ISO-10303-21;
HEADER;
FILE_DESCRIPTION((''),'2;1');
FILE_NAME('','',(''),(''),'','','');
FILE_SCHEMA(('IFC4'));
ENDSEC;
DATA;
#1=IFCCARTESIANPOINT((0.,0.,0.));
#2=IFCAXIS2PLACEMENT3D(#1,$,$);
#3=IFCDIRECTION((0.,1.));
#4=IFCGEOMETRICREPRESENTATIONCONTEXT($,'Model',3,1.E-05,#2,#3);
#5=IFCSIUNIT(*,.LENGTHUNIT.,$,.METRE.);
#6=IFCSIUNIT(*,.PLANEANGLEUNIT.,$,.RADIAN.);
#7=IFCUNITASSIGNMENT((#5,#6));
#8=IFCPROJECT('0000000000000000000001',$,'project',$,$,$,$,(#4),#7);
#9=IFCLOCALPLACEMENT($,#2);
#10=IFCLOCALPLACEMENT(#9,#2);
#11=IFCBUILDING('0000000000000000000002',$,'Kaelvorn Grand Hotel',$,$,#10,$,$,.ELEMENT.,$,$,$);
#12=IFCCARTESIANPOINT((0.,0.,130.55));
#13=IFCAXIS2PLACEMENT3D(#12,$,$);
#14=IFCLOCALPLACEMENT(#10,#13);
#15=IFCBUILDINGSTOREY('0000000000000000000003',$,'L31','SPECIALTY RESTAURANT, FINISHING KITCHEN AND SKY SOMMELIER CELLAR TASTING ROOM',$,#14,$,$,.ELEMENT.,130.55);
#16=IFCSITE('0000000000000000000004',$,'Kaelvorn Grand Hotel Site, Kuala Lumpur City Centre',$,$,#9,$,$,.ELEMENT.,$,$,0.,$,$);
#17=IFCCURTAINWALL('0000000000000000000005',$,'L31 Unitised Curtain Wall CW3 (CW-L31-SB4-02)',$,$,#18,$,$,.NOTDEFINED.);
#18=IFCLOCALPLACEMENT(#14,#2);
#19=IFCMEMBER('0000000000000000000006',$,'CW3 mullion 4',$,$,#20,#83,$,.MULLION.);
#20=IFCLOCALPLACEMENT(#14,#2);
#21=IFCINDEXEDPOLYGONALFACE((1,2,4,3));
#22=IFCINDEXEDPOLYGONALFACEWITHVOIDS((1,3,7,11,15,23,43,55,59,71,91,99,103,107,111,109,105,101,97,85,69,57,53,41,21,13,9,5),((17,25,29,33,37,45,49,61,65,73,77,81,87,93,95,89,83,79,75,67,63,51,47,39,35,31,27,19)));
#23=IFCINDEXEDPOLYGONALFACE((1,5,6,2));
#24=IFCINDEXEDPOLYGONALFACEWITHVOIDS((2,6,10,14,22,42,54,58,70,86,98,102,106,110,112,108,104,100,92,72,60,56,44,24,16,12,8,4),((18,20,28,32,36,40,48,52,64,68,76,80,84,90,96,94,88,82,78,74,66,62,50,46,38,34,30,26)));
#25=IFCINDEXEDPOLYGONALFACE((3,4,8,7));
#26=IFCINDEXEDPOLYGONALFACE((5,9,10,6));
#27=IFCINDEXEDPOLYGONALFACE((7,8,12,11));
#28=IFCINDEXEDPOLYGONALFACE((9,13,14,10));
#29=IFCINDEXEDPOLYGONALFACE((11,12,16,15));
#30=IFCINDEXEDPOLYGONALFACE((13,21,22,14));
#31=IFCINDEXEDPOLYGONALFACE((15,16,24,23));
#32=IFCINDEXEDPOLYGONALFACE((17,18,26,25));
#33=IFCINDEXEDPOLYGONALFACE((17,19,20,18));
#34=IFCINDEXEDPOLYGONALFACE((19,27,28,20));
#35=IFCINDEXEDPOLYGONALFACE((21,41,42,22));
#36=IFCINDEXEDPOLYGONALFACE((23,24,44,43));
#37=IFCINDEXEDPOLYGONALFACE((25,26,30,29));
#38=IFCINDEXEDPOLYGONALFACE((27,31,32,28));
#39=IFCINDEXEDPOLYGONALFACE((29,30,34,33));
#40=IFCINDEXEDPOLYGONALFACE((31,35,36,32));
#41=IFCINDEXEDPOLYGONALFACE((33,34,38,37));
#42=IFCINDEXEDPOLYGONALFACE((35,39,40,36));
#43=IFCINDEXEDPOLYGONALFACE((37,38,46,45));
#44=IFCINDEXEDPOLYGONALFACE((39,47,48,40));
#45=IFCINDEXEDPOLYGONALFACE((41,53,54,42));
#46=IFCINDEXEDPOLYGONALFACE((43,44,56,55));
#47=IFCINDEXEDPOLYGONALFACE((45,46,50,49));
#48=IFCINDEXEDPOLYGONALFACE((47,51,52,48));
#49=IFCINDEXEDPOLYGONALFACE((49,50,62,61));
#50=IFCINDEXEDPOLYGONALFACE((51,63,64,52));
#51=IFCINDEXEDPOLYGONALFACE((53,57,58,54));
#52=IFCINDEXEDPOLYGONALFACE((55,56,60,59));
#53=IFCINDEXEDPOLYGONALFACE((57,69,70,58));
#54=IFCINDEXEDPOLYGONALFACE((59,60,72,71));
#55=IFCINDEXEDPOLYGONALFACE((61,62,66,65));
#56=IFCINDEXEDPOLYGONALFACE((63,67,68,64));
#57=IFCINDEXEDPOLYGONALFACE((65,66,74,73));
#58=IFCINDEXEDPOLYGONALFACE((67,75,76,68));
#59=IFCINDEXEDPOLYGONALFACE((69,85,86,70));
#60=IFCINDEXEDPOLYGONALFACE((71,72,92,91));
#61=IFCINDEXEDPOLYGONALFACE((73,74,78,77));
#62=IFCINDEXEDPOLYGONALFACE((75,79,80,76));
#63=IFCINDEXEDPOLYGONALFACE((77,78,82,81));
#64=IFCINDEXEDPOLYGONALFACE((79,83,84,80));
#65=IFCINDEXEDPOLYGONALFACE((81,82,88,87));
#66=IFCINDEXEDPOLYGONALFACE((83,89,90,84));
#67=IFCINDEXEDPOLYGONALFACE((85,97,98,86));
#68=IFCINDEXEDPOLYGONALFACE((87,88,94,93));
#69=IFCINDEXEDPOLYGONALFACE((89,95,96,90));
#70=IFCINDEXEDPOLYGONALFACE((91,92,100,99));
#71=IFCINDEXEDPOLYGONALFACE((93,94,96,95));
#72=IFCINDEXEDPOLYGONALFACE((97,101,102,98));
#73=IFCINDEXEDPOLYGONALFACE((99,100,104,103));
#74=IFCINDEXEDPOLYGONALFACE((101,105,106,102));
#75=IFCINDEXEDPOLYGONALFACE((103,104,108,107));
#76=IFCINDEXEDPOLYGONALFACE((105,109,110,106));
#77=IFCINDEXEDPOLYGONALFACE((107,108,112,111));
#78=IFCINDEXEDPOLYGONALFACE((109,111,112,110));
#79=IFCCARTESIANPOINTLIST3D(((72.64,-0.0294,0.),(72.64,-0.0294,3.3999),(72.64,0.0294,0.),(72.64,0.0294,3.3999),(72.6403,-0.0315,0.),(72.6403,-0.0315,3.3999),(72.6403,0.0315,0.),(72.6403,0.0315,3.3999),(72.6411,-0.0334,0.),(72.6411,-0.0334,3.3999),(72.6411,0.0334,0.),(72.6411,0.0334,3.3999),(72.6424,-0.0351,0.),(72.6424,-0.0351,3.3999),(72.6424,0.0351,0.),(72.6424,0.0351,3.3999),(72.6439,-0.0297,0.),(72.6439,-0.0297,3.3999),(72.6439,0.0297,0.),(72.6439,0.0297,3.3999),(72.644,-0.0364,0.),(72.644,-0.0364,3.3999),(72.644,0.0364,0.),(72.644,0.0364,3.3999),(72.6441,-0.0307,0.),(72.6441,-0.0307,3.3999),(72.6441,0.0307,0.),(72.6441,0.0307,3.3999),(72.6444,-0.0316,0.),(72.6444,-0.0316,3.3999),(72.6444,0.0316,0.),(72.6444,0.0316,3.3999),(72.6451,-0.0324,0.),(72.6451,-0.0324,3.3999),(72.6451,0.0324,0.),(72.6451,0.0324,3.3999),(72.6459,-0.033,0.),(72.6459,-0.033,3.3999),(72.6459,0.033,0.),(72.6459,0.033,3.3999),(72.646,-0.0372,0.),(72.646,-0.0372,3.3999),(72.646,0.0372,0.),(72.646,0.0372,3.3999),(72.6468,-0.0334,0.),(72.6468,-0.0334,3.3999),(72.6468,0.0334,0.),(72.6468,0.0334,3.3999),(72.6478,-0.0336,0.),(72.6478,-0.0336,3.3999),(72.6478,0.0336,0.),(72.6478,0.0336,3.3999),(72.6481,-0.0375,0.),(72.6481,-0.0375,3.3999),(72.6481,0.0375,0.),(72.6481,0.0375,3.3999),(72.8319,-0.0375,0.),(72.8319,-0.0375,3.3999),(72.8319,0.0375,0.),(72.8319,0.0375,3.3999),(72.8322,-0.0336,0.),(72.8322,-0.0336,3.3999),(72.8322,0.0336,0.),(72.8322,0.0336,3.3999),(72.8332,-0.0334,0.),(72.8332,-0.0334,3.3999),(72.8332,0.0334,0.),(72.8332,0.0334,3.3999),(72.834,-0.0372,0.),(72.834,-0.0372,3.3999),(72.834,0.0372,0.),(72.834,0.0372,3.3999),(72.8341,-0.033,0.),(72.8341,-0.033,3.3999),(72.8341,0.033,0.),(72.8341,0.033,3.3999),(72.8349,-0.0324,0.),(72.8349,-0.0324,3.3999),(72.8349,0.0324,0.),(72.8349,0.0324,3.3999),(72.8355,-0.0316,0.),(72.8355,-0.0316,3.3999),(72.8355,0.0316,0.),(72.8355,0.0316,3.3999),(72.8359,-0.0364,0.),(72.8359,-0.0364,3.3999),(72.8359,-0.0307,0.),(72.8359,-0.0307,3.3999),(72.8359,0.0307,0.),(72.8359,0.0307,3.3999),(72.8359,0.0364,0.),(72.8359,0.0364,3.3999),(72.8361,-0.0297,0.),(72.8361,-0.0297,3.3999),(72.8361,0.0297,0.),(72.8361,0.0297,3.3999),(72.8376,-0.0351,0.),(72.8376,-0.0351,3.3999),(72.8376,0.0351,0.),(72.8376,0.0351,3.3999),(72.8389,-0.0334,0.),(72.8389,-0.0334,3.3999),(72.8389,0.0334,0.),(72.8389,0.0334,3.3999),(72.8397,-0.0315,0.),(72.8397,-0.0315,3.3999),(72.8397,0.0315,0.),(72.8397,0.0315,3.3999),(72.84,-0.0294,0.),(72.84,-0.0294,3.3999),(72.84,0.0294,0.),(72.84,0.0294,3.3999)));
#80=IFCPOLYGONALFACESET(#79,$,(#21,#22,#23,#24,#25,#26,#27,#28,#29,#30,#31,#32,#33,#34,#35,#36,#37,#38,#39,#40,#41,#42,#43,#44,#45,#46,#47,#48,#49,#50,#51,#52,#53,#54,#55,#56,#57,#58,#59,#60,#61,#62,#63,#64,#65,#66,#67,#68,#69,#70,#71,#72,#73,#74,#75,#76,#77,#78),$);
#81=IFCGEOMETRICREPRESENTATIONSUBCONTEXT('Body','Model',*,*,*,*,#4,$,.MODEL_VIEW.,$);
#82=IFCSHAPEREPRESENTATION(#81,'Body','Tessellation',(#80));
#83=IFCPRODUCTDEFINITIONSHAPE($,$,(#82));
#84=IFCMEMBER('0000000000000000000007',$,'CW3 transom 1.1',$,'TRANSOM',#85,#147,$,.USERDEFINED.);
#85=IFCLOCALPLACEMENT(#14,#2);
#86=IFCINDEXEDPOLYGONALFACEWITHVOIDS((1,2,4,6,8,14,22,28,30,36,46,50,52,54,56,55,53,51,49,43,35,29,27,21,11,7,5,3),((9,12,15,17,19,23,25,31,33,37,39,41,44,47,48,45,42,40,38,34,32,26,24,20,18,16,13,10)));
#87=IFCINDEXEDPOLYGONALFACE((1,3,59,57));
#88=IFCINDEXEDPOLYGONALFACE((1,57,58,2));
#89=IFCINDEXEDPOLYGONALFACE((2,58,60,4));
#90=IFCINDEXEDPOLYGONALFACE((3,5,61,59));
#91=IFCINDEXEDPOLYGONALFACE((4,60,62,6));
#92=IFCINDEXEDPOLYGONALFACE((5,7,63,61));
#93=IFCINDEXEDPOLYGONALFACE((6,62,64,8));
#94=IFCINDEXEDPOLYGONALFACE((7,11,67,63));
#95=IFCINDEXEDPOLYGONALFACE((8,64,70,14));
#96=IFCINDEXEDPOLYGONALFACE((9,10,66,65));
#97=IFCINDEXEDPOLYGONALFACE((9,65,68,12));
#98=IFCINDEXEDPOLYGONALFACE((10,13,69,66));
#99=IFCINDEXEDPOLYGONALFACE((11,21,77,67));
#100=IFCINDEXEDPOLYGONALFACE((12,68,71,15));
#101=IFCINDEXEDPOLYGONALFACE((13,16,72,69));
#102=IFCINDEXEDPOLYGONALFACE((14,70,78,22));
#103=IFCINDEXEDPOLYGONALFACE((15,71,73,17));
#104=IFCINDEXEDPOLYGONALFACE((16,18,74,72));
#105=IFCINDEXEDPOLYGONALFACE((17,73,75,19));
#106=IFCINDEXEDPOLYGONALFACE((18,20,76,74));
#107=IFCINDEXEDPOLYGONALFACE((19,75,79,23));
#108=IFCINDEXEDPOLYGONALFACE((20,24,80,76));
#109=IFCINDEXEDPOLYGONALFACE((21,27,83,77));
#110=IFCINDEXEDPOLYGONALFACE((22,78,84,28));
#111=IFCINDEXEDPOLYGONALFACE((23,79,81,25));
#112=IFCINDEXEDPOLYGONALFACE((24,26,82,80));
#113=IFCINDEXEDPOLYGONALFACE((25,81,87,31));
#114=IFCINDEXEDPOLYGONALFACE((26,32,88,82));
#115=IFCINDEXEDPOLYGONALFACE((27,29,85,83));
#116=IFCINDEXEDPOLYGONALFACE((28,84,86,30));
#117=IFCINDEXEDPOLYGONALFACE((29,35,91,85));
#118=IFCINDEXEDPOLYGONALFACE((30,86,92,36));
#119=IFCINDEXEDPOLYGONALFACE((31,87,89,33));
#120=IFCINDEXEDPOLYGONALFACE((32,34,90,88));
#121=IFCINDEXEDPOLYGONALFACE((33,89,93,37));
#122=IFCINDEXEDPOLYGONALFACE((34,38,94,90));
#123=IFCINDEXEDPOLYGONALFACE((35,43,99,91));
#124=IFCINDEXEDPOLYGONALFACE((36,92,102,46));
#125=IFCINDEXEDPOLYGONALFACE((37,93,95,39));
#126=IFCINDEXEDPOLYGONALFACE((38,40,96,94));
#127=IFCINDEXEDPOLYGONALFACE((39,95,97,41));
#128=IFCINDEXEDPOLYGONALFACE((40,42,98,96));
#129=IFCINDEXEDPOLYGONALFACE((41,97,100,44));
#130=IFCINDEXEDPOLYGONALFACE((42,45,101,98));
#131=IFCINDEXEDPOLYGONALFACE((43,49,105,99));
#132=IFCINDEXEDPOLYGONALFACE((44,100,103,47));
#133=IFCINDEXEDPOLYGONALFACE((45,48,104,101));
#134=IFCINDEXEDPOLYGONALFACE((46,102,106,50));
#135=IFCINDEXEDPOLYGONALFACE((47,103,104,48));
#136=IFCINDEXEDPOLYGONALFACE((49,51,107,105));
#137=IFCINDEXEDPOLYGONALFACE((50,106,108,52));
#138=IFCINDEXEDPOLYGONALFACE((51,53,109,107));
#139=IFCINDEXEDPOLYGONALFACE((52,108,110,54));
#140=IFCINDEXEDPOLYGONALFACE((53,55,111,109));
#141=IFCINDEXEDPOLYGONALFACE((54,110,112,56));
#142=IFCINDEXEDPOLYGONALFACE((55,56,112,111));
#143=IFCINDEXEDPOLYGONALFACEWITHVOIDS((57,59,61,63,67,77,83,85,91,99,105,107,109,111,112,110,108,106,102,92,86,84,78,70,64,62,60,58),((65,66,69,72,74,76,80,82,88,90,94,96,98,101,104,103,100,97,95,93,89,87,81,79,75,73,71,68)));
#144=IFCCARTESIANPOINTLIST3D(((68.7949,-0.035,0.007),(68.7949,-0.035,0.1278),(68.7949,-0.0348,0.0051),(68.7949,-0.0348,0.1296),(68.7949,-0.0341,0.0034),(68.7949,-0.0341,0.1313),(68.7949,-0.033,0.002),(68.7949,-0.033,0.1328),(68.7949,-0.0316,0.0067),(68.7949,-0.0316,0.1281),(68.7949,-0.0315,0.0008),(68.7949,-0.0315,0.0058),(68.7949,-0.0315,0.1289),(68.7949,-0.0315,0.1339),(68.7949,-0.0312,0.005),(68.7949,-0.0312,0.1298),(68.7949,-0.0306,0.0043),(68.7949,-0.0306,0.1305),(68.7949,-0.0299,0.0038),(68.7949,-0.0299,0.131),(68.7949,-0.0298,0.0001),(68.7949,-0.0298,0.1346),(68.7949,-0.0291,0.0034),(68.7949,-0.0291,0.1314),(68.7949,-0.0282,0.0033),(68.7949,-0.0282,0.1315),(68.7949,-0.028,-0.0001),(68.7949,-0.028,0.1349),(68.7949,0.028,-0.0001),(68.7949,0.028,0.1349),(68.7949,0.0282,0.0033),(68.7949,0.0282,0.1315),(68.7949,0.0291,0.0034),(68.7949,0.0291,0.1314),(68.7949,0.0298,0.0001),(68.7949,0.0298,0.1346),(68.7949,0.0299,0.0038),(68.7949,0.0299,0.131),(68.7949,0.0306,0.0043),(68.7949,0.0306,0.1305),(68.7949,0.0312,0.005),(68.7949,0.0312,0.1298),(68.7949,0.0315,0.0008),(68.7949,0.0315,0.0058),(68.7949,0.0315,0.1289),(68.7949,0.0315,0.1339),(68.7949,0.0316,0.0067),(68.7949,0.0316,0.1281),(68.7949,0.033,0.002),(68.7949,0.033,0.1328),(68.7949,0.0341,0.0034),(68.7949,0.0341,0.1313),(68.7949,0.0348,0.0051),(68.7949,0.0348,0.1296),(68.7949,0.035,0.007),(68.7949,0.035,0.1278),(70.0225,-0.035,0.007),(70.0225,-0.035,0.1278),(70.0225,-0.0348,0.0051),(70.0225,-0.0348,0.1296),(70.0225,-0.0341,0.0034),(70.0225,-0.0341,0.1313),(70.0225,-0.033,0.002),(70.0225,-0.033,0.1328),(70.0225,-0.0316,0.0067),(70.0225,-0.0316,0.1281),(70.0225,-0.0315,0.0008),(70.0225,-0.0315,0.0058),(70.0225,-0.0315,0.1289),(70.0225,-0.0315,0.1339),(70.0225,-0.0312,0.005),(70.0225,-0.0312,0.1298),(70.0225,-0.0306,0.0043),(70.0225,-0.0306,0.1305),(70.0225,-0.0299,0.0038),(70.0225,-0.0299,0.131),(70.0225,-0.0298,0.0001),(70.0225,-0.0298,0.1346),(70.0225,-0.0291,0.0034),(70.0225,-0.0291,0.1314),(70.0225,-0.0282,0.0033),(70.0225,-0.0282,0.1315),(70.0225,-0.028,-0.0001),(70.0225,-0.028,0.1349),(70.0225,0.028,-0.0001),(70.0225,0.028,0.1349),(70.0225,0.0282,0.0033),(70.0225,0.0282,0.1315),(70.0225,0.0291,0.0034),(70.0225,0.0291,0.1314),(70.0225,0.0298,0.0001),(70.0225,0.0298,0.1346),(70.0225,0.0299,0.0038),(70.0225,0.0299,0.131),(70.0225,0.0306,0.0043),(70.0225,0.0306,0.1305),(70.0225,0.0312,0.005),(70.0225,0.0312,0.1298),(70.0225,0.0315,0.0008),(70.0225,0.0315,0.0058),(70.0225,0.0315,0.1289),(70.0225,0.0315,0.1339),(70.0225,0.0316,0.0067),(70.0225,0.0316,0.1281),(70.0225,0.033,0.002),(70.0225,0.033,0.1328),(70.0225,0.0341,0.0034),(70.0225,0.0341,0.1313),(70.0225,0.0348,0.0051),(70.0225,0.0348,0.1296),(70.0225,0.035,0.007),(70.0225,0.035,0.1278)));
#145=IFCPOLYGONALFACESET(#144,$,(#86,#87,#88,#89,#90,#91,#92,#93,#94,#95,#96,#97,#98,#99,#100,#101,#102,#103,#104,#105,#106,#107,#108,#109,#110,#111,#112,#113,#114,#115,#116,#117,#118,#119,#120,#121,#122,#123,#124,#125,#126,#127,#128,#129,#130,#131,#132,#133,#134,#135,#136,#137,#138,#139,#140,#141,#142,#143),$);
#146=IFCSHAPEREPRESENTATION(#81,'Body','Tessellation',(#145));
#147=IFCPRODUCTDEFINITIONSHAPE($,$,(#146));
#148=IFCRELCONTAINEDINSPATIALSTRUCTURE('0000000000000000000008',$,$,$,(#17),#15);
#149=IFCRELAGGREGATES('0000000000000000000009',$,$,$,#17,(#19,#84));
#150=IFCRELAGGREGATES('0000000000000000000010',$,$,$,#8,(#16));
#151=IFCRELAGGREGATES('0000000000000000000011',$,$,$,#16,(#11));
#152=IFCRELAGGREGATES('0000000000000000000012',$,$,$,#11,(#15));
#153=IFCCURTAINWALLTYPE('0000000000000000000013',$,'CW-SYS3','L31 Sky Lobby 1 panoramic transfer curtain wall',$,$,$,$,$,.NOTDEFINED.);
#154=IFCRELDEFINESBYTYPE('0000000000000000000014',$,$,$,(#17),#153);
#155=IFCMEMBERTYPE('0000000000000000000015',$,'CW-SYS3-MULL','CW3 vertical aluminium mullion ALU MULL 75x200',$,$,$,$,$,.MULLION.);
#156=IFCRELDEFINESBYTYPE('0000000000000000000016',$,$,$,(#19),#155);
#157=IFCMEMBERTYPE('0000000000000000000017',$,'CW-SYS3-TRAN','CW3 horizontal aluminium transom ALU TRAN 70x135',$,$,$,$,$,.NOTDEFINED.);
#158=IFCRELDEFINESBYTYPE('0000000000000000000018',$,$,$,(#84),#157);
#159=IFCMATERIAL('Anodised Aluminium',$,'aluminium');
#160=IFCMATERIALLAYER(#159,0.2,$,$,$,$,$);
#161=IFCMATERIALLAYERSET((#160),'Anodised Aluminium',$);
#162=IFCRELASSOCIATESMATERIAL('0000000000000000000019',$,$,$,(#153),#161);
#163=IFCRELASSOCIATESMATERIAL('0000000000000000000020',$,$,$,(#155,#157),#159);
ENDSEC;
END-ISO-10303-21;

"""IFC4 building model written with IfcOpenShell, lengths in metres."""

from ifc_helpers import new_model, si_unit, direction, frame, origin, origin_2d, place, context, subcontext, project, spatial, hollow_rectangle, extrude, material, layer, layer_set, material_profile, profile_set, type_object, element, aggregate, save


model = new_model("IFC4")

# Units and contexts
model_context = context("Model", 3, precision=1e-05, world=origin(), true_north=direction((0.0, 1.0)))
body_context = subcontext(model_context, "Body", "Model", "MODEL_VIEW")
ifc_project = project(units=[si_unit("LENGTHUNIT", "METRE"), si_unit("PLANEANGLEUNIT", "RADIAN")], contexts=[model_context])

# Site, building, storey
site_placement = place(None, origin())
site = spatial("IfcSite", under=ifc_project, at=site_placement, Name="Kaelvorn Grand Hotel Site, Kuala Lumpur City Centre", CompositionType="ELEMENT", RefElevation=0.0)
building_placement = place(site_placement, origin())
building = spatial("IfcBuilding", under=site, at=building_placement, Name="Kaelvorn Grand Hotel", CompositionType="ELEMENT")
storey_placement = place(building_placement, frame((0.0, 0.0, 130.55)))
storey = spatial("IfcBuildingStorey", under=building, at=storey_placement, Name="L31", Description="SPECIALTY RESTAURANT, FINISHING KITCHEN AND SKY SOMMELIER CELLAR TASTING ROOM", CompositionType="ELEMENT", Elevation=130.55)

# Curtain wall, members
ifc_material_1 = material(Name="Anodised Aluminium", Category="aluminium")
ifc_layer_1 = layer(ifc_material_1, 0.2)
ifc_layer_set_1 = layer_set([ifc_layer_1], Name="Anodised Aluminium")
curtain_wall_type = type_object("IfcCurtainWallType", Name="CW-SYS3", Description="L31 Sky Lobby 1 panoramic transfer curtain wall", PredefinedType="NOTDEFINED", material=ifc_layer_set_1)
curtain_wall_placement = place(storey_placement, origin())
curtain_wall = element("IfcCurtainWall", 1, at=curtain_wall_placement, inside=storey, type_object=curtain_wall_type, Name="L31 Unitised Curtain Wall CW3 (CW-L31-SB4-02)", PredefinedType="NOTDEFINED")
ifc_material_profile_1 = material_profile(ifc_material_1, hollow_rectangle(XDim=0.075, YDim=0.2, WallThickness=0.0039, InnerFilletRadius=0.0039, OuterFilletRadius=0.0081, at=origin_2d()), Name="ALU MULL 75x200")
ifc_profile_set_1 = profile_set([ifc_material_profile_1], Name="Anodised Aluminium")
member_type_1 = type_object("IfcMemberType", Name="CW-SYS3-MULL", Description="CW3 vertical aluminium mullion ALU MULL 75x200", PredefinedType="MULLION", material=ifc_profile_set_1)
member_1_placement = place(storey_placement, frame((72.74, 0.0, 0.0), z_axis=(0.0, 0.0, 1.0), x_axis=(0.0, 1.0, 0.0)))
member_1 = element("IfcMember", 2, at=member_1_placement, type_object=member_type_1, Name="CW3 mullion 4", PredefinedType="MULLION", context=body_context, shape_type="SweptSolid", body=[
    extrude(hollow_rectangle(XDim=0.075, YDim=0.2, WallThickness=0.0039, InnerFilletRadius=0.0039, OuterFilletRadius=0.0081, at=origin_2d()), origin(), (0.0, 0.0, 1.0), 3.3999),
])
ifc_material_profile_2 = material_profile(ifc_material_1, hollow_rectangle(XDim=0.0701, YDim=0.135, WallThickness=0.0034, InnerFilletRadius=0.0034, OuterFilletRadius=0.0071, at=origin_2d()), Name="ALU TRAN 70x135")
ifc_profile_set_2 = profile_set([ifc_material_profile_2], Name="Anodised Aluminium")
member_type_2 = type_object("IfcMemberType", Name="CW-SYS3-TRAN", Description="CW3 horizontal aluminium transom ALU TRAN 70x135", PredefinedType="NOTDEFINED", material=ifc_profile_set_2)
member_2_placement = place(storey_placement, frame((68.7949, 0.0, 0.0674), z_axis=(1.0, 0.0, 0.0), x_axis=(0.0, 1.0, 0.0)))
member_2 = element("IfcMember", 3, at=member_2_placement, type_object=member_type_2, Name="CW3 transom 1.1", ObjectType="TRANSOM", PredefinedType="USERDEFINED", context=body_context, shape_type="SweptSolid", body=[
    extrude(hollow_rectangle(XDim=0.0701, YDim=0.135, WallThickness=0.0034, InnerFilletRadius=0.0034, OuterFilletRadius=0.0071, at=origin_2d()), origin(), (0.0, 0.0, 1.0), 1.2275),
])
aggregate(curtain_wall, [member_1, member_2])

save(model, "model.ifc")
